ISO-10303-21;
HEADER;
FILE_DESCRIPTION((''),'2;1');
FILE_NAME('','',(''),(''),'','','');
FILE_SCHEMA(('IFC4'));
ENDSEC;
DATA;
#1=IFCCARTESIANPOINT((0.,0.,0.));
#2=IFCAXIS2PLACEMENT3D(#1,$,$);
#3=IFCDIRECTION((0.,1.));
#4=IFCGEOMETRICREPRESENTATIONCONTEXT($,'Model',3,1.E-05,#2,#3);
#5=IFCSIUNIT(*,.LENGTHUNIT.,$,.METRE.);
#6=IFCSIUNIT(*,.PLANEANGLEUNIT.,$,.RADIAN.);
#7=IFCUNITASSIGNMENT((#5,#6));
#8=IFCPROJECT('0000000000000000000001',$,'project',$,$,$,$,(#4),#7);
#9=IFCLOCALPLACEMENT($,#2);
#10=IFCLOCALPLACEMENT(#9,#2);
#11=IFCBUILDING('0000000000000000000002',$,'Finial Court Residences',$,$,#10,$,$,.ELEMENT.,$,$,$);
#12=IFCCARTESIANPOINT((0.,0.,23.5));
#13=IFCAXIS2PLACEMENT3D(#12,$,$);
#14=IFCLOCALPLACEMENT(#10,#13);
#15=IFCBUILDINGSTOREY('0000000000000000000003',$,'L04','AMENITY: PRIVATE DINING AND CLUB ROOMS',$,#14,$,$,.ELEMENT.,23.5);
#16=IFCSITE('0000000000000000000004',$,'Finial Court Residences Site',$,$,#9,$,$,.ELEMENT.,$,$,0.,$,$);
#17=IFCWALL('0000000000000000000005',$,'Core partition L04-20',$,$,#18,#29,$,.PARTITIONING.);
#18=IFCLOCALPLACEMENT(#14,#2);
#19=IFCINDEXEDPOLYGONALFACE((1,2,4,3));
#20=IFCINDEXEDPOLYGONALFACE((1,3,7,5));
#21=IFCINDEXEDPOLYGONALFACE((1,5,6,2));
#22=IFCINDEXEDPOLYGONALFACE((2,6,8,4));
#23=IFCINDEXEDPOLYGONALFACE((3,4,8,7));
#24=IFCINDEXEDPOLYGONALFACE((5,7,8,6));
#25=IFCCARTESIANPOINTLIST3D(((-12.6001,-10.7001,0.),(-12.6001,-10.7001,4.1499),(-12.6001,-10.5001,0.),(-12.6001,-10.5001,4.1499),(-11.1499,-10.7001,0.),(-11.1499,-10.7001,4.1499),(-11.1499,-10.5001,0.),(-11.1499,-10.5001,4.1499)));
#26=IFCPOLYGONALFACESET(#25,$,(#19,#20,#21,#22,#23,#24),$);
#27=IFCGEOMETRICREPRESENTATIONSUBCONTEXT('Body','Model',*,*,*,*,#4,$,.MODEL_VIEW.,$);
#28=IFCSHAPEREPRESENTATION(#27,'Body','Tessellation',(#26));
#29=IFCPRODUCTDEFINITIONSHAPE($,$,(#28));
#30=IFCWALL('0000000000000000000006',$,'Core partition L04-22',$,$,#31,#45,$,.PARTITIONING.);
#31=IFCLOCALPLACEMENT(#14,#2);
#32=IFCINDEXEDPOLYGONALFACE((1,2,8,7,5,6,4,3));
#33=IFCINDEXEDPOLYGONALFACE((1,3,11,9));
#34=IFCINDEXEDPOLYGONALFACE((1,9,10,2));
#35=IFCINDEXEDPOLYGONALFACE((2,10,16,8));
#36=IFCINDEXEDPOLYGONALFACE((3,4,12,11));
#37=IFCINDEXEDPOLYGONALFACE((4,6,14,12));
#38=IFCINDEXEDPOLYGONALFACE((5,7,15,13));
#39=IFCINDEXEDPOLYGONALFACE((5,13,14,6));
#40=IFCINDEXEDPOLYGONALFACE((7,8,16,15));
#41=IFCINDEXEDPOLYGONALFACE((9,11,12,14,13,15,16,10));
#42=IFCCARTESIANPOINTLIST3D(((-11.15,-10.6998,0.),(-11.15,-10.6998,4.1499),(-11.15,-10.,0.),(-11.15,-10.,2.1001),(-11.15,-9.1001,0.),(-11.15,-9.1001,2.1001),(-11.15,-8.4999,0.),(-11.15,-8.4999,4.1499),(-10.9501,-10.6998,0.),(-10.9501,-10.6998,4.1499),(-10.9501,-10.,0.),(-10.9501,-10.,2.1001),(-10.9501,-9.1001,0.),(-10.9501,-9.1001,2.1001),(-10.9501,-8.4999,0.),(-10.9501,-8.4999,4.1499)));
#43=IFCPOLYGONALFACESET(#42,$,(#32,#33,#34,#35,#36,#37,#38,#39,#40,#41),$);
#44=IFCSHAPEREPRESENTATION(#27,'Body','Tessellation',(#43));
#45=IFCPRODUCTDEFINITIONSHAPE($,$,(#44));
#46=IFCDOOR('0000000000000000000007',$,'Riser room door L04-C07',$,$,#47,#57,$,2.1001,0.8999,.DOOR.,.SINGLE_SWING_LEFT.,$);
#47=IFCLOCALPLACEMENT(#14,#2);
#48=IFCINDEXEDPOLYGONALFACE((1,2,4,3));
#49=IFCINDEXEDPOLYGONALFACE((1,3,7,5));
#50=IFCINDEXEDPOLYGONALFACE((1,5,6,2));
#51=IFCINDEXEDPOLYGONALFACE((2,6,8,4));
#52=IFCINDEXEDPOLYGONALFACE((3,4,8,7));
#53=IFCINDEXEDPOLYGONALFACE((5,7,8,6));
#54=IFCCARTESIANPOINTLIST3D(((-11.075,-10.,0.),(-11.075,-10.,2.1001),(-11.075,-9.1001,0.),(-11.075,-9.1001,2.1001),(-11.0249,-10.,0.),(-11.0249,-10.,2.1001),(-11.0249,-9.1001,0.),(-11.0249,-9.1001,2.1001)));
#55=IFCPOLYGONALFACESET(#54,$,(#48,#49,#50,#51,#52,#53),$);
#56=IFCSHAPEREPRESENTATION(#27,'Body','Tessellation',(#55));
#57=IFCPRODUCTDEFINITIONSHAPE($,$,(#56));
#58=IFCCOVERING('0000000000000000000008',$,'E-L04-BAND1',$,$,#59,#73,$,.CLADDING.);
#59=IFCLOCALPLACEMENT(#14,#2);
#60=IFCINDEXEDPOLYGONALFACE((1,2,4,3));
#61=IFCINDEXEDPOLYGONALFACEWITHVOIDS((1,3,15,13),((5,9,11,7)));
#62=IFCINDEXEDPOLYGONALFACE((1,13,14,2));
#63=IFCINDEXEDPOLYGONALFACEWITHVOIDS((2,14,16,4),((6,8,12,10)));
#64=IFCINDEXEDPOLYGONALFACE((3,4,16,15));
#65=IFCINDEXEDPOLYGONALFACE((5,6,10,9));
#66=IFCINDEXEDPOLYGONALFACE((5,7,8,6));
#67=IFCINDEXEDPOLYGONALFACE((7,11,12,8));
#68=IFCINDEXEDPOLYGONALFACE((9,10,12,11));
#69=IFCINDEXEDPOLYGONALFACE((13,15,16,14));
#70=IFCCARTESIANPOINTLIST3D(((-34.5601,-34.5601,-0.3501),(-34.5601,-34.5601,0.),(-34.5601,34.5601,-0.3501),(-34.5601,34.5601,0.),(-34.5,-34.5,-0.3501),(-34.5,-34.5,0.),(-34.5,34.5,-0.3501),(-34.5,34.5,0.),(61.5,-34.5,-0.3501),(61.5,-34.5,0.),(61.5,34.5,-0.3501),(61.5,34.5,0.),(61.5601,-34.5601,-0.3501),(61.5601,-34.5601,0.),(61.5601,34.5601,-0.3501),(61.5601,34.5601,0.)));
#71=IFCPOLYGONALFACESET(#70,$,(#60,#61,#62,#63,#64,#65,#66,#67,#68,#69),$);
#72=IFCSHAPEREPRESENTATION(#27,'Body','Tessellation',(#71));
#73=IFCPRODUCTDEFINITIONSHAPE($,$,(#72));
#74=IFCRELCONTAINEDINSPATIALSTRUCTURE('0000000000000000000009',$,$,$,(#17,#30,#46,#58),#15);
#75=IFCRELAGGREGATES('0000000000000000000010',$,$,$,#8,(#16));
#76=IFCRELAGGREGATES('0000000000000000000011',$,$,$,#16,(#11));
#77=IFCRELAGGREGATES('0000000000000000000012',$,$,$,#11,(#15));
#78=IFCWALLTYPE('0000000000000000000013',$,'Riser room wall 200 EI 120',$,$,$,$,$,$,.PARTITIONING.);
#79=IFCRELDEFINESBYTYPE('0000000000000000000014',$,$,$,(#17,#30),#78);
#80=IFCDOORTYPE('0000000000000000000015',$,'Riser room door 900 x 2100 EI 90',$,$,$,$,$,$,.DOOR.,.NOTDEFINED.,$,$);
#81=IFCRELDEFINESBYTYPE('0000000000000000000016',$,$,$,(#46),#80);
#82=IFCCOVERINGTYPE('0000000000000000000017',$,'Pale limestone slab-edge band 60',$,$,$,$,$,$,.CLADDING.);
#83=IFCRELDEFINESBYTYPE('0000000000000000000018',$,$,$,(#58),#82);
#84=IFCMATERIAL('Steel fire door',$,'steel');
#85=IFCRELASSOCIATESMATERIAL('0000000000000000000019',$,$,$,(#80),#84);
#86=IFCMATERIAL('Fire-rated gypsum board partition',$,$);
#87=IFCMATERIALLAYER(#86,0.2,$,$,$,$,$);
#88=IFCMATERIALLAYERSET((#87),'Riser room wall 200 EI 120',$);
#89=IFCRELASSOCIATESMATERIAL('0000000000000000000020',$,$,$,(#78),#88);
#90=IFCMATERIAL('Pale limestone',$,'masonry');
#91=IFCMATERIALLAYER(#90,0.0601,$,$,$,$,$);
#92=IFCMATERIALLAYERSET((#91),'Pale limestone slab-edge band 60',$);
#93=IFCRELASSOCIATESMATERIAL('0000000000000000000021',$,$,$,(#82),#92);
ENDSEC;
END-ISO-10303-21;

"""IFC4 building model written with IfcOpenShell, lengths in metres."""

from ifc_helpers import new_model, si_unit, direction, frame, frame_2d, origin, place, context, subcontext, project, spatial, polyline, rectangle, outline, extrude, material, layer, layer_set, type_object, element, fill, save


model = new_model("IFC4")

# Units and contexts
model_context = context("Model", 3, precision=1e-05, world=origin(), true_north=direction((0.0, 1.0)))
body_context = subcontext(model_context, "Body", "Model", "MODEL_VIEW")
ifc_project = project(units=[si_unit("LENGTHUNIT", "METRE"), si_unit("PLANEANGLEUNIT", "RADIAN")], contexts=[model_context])

# Site, building, storey
site_placement = place(None, origin())
site = spatial("IfcSite", under=ifc_project, at=site_placement, Name="Finial Court Residences Site", CompositionType="ELEMENT", RefElevation=0.0)
building_placement = place(site_placement, origin())
building = spatial("IfcBuilding", under=site, at=building_placement, Name="Finial Court Residences", CompositionType="ELEMENT")
storey_placement = place(building_placement, frame((0.0, 0.0, 23.5)))
storey = spatial("IfcBuildingStorey", under=building, at=storey_placement, Name="L04", Description="AMENITY: PRIVATE DINING AND CLUB ROOMS", CompositionType="ELEMENT", Elevation=23.5)

# Shared definitions
ifc_material_1 = material(Name="Steel fire door", Category="steel")
door_type_1 = type_object("IfcDoorType", Name="Riser room door 900 x 2100 EI 90", OperationType="NOTDEFINED", PredefinedType="DOOR", material=ifc_material_1)

# Wall
ifc_material_2 = material(Name="Fire-rated gypsum board partition")
ifc_layer_1 = layer(ifc_material_2, 0.2)
ifc_layer_set_1 = layer_set([ifc_layer_1], Name="Riser room wall 200 EI 120")
wall_type_1 = type_object("IfcWallType", Name="Riser room wall 200 EI 120", PredefinedType="PARTITIONING", material=ifc_layer_set_1)
wall_1_placement = place(storey_placement, frame((-12.6001, -10.6001, 0.0), z_axis=(0.0, 0.0, 1.0), x_axis=(1.0, 0.0, 0.0)))
element("IfcWall", 1, at=wall_1_placement, inside=storey, type_object=wall_type_1, Name="Core partition L04-20", PredefinedType="PARTITIONING", context=body_context, shape_type="SweptSolid", body=[
    extrude(rectangle(XDim=1.4502, YDim=0.2, at=frame_2d((0.7251, 0.0))), origin(), (0.0, 0.0, 1.0), 4.1499),
])

# Wall, opening, door
wall_2_placement = place(storey_placement, frame((-11.05, -10.7, 0.0), z_axis=(0.0, 0.0, 1.0), x_axis=(0.0, 1.0, 0.0)))
wall_2 = element("IfcWall", 2, at=wall_2_placement, inside=storey, type_object=wall_type_1, Name="Core partition L04-22", PredefinedType="PARTITIONING", context=body_context, shape_type="SweptSolid", body=[
    extrude(rectangle(XDim=2.2, YDim=0.2, at=frame_2d((1.1001, 0.0))), origin(), (0.0, 0.0, 1.0), 4.1499),
])
opening_1_placement = place(wall_2_placement, frame((0.7, 0.0, 0.0)))
opening_1 = element("IfcOpeningElement", 3, at=opening_1_placement, cuts=wall_2, PredefinedType="OPENING", context=body_context, shape_type="SweptSolid", body=[
    extrude(rectangle(XDim=0.8999, YDim=2.1001, at=frame_2d((0.45, 1.05))), frame((0.0, 0.1099, 0.0), z_axis=(0.0, -1.0, 0.0), x_axis=(1.0, 0.0, 0.0)), (0.0, 0.0, 1.0), 0.22),
])
door_1_placement = place(opening_1_placement, origin())
door_1 = element("IfcDoor", 4, at=door_1_placement, inside=storey, type_object=door_type_1, Name="Riser room door L04-C07", OperationType="SINGLE_SWING_LEFT", OverallHeight=2.1001, OverallWidth=0.8999, PredefinedType="DOOR", context=body_context, shape_type="SweptSolid", body=[
    extrude(rectangle(XDim=0.8999, YDim=2.1001, at=frame_2d((0.45, 1.05))), frame((0.0, 0.0249, 0.0), z_axis=(0.0, -1.0, 0.0), x_axis=(1.0, 0.0, 0.0)), (0.0, 0.0, 1.0), 0.05),
])
fill(opening_1, door_1)

# Covering
ifc_material_3 = material(Name="Pale limestone", Category="masonry")
ifc_layer_2 = layer(ifc_material_3, 0.0601)
ifc_layer_set_2 = layer_set([ifc_layer_2], Name="Pale limestone slab-edge band 60")
covering_type = type_object("IfcCoveringType", Name="Pale limestone slab-edge band 60", PredefinedType="CLADDING", material=ifc_layer_set_2)
covering_placement = place(storey_placement, frame((0.0, 0.0, -0.3501)))
element("IfcCovering", 5, at=covering_placement, inside=storey, type_object=covering_type, Name="E-L04-BAND1", PredefinedType="CLADDING", context=body_context, shape_type="SweptSolid", body=[
    extrude(outline(polyline([(-34.5601, 34.5601), (61.5601, 34.5601), (61.5601, -34.5601), (-34.5601, -34.5601), (-34.5601, 34.5601)]), holes=[polyline([(61.5, -34.5), (61.5, 34.5), (-34.5, 34.5), (-34.5, -34.5), (61.5, -34.5)])]), origin(), (0.0, 0.0, 1.0), 0.3501),
])

save(model, "model.ifc")
